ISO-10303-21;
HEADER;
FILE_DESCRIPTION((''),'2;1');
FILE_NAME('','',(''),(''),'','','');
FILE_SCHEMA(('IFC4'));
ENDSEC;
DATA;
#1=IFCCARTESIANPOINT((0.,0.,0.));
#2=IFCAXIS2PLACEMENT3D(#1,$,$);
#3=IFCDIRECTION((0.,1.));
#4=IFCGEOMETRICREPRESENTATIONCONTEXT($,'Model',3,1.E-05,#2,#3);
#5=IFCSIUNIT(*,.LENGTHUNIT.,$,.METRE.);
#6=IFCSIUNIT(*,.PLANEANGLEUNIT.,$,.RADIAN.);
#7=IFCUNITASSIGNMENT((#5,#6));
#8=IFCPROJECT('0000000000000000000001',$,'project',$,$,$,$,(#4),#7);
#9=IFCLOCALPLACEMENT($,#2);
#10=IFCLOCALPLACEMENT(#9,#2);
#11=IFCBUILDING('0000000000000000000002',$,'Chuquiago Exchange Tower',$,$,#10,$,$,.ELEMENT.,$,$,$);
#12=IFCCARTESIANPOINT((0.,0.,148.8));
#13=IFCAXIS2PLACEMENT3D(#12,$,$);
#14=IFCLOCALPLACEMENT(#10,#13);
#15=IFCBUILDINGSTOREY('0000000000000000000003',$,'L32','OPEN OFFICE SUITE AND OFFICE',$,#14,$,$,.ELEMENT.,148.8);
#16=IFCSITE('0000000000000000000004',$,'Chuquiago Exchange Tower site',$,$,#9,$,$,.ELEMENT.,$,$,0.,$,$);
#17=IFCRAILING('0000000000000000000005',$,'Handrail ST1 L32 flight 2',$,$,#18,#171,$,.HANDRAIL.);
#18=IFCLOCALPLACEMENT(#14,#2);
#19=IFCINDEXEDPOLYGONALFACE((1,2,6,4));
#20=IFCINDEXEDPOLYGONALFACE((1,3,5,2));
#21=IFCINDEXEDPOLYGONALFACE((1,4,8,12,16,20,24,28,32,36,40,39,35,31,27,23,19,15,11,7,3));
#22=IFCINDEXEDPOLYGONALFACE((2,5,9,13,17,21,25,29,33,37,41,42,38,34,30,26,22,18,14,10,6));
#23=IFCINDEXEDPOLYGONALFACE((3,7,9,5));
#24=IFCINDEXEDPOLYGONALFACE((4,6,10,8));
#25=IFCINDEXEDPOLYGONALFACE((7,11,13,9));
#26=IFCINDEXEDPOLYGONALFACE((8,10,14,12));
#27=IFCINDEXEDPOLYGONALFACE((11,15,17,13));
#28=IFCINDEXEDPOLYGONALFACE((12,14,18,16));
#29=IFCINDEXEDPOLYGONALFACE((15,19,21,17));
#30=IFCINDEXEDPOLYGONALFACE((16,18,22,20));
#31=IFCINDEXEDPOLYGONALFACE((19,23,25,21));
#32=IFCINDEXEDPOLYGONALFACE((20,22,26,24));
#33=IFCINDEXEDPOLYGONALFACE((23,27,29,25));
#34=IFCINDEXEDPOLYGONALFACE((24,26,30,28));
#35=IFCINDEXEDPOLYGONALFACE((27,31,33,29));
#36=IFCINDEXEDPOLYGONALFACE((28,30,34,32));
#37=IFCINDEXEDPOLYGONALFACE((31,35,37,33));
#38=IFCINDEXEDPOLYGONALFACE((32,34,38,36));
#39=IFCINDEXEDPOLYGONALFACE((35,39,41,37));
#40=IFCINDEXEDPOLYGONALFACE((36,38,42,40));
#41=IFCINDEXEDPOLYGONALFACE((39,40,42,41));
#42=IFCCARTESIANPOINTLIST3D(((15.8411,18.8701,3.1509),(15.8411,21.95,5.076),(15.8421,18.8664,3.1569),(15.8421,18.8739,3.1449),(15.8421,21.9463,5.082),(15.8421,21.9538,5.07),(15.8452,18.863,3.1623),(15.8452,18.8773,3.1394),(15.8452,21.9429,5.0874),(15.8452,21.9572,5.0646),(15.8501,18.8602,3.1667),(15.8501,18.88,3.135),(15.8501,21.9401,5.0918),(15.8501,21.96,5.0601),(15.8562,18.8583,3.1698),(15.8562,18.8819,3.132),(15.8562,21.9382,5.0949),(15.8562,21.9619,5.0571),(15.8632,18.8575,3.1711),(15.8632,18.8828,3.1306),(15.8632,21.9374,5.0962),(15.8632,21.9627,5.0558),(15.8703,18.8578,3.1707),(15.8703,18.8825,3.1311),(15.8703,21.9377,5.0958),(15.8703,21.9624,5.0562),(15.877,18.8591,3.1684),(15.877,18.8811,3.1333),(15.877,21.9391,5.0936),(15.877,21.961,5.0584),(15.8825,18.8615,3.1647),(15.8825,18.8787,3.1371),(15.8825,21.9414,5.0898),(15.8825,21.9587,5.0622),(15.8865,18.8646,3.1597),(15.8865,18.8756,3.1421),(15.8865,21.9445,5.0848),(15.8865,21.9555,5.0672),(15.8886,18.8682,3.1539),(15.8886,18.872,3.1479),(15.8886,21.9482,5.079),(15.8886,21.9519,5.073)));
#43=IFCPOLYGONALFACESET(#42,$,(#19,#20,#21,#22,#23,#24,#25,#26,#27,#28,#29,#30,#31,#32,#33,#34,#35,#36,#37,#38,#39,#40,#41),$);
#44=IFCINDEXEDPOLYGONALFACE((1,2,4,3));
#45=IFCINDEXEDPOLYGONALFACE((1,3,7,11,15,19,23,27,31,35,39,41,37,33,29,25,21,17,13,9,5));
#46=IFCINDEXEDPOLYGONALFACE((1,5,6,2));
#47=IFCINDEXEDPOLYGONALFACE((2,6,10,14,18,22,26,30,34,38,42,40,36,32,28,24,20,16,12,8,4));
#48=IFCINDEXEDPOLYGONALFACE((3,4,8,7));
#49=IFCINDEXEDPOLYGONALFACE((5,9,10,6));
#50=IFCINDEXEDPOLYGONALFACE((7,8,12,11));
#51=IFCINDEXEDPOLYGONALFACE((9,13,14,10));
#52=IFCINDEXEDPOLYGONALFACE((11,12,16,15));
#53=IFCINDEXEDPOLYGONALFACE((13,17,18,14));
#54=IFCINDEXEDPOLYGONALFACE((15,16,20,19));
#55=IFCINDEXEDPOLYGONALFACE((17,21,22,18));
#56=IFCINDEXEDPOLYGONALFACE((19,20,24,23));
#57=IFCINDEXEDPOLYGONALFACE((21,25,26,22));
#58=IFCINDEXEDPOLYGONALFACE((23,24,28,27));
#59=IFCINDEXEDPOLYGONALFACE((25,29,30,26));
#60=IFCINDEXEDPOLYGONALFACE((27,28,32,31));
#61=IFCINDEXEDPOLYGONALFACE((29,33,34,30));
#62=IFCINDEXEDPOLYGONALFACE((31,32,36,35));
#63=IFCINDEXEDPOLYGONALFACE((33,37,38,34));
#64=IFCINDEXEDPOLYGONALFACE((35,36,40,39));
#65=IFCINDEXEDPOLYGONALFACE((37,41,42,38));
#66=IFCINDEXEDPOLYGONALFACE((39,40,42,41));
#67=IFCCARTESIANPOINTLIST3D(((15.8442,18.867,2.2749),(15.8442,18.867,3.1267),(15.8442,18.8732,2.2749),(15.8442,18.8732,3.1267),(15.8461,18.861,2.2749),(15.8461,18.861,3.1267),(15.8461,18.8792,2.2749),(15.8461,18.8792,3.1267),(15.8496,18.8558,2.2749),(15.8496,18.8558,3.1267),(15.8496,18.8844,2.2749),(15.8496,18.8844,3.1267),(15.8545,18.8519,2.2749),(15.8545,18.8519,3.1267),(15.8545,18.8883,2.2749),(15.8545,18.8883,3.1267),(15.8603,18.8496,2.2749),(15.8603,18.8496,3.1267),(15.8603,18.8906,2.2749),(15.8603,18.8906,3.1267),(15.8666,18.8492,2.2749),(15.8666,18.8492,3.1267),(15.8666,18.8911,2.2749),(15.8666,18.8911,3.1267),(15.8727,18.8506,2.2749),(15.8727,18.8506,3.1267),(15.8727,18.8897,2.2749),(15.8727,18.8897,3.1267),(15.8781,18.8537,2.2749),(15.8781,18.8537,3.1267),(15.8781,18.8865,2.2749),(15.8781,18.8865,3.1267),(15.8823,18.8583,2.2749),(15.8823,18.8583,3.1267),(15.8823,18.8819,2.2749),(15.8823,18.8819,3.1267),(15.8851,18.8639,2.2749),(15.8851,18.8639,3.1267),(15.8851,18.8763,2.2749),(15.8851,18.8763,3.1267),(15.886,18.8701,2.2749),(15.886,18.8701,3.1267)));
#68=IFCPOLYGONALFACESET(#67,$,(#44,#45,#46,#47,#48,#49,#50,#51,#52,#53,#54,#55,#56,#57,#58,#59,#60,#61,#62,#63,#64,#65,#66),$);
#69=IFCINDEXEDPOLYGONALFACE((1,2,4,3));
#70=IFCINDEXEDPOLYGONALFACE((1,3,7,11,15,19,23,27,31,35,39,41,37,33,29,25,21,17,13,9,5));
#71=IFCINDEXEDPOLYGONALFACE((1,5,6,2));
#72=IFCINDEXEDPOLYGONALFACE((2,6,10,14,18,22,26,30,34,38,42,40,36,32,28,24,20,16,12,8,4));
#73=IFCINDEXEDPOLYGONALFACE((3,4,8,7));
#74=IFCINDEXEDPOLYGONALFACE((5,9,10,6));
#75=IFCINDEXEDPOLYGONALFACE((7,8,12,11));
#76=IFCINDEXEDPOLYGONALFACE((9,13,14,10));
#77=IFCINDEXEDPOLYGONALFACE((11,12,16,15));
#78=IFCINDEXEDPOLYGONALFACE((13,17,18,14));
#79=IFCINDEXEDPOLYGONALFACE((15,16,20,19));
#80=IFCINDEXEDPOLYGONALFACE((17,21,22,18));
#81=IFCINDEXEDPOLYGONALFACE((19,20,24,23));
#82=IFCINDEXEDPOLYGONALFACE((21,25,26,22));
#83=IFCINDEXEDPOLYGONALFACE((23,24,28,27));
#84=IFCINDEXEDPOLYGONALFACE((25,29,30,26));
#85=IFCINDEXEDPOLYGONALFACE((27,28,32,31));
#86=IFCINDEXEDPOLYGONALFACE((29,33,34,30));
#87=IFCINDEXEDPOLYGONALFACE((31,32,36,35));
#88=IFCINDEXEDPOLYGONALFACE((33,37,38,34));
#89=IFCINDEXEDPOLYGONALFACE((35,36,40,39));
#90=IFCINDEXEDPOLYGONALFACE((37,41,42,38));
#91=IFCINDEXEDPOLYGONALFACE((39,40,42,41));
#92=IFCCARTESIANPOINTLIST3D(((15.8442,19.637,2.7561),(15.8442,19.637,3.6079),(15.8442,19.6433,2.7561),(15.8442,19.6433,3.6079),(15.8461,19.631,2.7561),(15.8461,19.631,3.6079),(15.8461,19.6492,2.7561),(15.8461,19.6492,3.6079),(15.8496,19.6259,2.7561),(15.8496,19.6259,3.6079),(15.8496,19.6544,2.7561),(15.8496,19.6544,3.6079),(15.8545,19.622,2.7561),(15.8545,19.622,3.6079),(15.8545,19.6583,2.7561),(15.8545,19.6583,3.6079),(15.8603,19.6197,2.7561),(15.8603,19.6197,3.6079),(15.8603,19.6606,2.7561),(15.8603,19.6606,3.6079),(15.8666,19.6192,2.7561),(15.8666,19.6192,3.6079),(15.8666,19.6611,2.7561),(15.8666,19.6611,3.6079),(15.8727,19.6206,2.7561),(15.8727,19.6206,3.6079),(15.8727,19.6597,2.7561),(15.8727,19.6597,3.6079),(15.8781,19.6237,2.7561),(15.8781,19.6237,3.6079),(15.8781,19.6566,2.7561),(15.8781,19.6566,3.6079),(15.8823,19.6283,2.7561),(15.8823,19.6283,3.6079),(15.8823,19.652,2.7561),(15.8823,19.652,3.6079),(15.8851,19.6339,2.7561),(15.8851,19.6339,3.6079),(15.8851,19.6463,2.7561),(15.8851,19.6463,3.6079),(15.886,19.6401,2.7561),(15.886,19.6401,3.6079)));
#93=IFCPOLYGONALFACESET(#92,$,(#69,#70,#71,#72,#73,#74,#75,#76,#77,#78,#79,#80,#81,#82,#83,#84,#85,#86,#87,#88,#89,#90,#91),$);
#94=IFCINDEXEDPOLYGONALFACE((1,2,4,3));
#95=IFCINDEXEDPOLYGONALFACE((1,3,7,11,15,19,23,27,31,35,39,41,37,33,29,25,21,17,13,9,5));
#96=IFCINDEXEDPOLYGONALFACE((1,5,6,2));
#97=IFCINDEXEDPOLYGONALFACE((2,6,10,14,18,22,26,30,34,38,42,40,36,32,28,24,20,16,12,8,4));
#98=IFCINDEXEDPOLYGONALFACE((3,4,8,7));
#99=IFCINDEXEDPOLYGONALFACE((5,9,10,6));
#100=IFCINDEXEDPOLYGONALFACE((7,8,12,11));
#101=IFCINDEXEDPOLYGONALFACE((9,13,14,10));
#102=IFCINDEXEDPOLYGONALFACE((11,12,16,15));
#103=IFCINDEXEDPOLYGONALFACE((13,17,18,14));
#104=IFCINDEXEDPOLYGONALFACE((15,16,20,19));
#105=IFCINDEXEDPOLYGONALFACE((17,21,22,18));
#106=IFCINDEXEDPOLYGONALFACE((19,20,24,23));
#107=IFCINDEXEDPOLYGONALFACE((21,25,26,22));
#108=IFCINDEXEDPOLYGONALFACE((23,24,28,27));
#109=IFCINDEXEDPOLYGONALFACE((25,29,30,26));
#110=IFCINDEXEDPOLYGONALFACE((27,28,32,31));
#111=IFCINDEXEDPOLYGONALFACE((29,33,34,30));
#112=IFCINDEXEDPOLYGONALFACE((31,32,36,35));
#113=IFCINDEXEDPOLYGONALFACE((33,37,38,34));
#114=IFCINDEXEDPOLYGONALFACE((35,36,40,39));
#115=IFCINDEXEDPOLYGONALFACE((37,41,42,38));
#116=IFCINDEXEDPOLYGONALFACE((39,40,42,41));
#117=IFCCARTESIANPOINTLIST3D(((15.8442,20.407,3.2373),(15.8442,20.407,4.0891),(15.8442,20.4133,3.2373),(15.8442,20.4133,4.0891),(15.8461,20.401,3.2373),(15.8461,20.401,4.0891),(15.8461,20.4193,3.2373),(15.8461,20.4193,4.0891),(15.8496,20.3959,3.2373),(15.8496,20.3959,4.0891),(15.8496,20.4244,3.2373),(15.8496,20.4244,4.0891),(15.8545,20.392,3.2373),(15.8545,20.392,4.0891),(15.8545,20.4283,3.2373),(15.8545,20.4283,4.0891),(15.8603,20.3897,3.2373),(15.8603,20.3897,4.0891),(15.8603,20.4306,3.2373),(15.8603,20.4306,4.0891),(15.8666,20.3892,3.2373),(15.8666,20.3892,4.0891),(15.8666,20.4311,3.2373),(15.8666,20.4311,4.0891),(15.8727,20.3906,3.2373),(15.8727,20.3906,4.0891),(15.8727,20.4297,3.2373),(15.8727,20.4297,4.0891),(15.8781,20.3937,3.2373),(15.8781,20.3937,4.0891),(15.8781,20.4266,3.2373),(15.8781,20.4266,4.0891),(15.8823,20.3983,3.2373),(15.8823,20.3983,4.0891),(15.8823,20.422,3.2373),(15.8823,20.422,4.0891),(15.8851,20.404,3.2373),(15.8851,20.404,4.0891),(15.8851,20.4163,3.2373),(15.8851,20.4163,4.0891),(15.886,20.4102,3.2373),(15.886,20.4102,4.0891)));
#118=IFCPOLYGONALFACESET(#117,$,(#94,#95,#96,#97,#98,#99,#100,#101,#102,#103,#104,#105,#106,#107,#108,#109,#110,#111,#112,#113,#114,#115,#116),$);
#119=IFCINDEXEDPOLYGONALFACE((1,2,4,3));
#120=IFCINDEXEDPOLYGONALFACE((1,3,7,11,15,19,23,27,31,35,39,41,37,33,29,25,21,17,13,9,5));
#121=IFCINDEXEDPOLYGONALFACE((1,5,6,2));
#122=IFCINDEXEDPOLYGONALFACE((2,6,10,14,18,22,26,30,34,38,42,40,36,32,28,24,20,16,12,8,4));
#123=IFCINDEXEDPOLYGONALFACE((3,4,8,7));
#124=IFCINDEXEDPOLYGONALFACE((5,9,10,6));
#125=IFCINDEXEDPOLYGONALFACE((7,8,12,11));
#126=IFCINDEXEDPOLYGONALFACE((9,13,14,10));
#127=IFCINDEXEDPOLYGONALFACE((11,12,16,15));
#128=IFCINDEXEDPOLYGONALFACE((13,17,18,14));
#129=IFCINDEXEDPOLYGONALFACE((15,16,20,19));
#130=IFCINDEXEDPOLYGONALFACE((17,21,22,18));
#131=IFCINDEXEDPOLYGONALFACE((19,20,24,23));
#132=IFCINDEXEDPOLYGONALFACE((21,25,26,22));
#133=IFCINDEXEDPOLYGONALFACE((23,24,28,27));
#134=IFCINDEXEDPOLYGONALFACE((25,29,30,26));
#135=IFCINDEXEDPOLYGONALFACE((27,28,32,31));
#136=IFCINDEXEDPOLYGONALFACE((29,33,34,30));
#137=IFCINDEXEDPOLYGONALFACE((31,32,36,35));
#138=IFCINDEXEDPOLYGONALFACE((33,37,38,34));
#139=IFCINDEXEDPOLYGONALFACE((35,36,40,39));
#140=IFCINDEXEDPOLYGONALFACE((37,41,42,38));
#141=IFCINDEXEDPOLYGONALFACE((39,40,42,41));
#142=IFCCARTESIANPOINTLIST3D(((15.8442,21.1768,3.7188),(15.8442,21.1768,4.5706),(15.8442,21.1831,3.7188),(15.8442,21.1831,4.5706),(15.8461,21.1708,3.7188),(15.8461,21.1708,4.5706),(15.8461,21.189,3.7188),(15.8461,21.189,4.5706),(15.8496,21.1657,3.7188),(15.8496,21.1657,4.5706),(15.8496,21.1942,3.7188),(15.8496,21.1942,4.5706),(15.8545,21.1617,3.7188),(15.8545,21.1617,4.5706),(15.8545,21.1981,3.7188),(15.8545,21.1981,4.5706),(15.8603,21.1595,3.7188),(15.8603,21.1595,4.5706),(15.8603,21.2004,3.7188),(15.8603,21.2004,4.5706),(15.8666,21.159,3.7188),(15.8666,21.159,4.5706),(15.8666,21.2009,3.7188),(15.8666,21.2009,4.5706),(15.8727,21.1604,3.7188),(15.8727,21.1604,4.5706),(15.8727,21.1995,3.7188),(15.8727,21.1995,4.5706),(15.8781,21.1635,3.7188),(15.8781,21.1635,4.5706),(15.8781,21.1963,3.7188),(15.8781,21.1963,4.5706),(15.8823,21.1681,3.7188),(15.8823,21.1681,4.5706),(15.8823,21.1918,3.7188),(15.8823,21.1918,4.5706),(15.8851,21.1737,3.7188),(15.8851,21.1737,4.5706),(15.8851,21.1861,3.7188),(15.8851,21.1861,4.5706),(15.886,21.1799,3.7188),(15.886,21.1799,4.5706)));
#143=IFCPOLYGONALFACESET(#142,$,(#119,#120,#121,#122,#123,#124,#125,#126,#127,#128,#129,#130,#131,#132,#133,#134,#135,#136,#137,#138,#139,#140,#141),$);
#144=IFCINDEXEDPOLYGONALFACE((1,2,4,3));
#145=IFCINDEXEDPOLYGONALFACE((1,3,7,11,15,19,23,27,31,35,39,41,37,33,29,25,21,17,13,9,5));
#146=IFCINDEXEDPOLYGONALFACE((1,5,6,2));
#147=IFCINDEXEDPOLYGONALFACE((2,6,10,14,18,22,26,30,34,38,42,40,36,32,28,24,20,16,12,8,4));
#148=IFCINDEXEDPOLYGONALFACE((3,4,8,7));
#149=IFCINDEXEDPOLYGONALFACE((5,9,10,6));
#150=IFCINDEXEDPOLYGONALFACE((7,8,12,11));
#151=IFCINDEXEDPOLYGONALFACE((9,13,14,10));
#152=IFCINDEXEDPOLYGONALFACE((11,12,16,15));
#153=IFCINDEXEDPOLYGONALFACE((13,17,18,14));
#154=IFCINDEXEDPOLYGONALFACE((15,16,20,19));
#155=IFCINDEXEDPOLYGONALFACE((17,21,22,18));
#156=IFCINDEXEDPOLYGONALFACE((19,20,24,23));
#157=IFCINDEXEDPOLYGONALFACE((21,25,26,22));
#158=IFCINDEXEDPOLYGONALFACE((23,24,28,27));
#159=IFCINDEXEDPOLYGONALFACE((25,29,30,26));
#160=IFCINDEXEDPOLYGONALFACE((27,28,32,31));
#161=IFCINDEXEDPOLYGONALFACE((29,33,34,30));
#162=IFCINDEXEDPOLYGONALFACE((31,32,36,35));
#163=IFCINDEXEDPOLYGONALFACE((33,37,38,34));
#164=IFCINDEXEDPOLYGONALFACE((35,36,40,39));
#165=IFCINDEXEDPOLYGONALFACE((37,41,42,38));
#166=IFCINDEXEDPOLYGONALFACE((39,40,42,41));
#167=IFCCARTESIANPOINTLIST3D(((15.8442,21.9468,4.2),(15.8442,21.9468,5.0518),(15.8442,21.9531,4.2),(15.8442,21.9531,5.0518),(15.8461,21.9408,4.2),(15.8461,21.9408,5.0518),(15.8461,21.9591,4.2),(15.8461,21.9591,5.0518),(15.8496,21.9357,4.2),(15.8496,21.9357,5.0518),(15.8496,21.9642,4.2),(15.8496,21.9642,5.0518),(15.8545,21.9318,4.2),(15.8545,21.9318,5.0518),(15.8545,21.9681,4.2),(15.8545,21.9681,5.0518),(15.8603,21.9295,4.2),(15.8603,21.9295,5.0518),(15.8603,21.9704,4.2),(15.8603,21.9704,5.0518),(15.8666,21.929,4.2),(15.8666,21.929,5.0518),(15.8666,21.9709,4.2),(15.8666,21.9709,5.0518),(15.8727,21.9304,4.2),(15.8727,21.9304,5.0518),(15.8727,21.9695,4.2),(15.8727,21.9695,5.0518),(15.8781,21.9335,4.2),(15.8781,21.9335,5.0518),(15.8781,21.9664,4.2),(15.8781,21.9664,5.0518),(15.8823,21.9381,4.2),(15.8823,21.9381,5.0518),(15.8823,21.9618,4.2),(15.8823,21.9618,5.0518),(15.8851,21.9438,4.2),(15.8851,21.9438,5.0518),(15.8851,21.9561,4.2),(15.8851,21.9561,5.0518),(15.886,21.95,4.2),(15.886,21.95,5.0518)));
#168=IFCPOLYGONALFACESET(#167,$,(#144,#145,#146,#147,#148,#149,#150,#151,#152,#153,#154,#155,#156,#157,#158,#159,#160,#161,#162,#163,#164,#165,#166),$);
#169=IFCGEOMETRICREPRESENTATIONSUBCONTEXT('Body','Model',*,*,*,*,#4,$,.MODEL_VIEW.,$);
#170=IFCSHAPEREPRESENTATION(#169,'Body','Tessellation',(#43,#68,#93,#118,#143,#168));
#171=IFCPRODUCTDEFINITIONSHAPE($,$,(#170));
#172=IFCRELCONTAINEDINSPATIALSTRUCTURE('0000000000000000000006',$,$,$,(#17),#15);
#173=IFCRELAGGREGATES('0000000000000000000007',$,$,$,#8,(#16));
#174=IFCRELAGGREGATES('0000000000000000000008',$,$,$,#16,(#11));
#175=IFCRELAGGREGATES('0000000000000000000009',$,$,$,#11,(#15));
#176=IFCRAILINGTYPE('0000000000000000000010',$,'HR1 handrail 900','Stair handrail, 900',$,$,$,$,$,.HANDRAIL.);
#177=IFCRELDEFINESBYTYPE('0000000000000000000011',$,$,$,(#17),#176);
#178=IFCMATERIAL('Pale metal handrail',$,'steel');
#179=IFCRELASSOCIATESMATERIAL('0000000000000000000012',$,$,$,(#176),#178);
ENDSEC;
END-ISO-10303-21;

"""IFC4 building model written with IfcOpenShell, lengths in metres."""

from ifc_helpers import new_model, si_unit, direction, frame, origin, origin_2d, place, context, subcontext, project, spatial, circle, extrude, material, type_object, element, save


model = new_model("IFC4")

# Units and contexts
model_context = context("Model", 3, precision=1e-05, world=origin(), true_north=direction((0.0, 1.0)))
body_context = subcontext(model_context, "Body", "Model", "MODEL_VIEW")
ifc_project = project(units=[si_unit("LENGTHUNIT", "METRE"), si_unit("PLANEANGLEUNIT", "RADIAN")], contexts=[model_context])

# Site, building, storey
site_placement = place(None, origin())
site = spatial("IfcSite", under=ifc_project, at=site_placement, Name="Chuquiago Exchange Tower site", CompositionType="ELEMENT", RefElevation=0.0)
building_placement = place(site_placement, origin())
building = spatial("IfcBuilding", under=site, at=building_placement, Name="Chuquiago Exchange Tower", CompositionType="ELEMENT")
storey_placement = place(building_placement, frame((0.0, 0.0, 148.8)))
storey = spatial("IfcBuildingStorey", under=building, at=storey_placement, Name="L32", Description="OPEN OFFICE SUITE AND OFFICE", CompositionType="ELEMENT", Elevation=148.8)

# Railing
ifc_material_1 = material(Name="Pale metal handrail", Category="steel")
railing_type_1 = type_object("IfcRailingType", Name="HR1 handrail 900", Description="Stair handrail, 900", PredefinedType="HANDRAIL", material=ifc_material_1)
for number, where, name in (
    (1, (15.865, 18.8701, 2.2749), "Handrail ST1 L32 flight 2"),
):
    element("IfcRailing", number, at=place(storey_placement, frame(where)), inside=storey, type_object=railing_type_1, Name=name, PredefinedType="HANDRAIL", context=body_context, shape_type="SweptSolid", body=[
        extrude(circle(Radius=0.0239, at=origin_2d()), frame((0.0, 0.0, 0.876), z_axis=(0.0, 0.847979, 0.530029), x_axis=(-1.0, 0.0, 0.0)), (0.0, 0.0, 1.0), 3.6321),
        extrude(circle(Radius=0.021, at=origin_2d()), origin(), (0.0, 0.0, 1.0), 0.8518),
        extrude(circle(Radius=0.021, at=origin_2d()), frame((0.0, 0.77, 0.4812)), (0.0, 0.0, 1.0), 0.8518),
        extrude(circle(Radius=0.021, at=origin_2d()), frame((0.0, 1.54, 0.9624)), (0.0, 0.0, 1.0), 0.8518),
        extrude(circle(Radius=0.021, at=origin_2d()), frame((0.0, 2.3098, 1.4438)), (0.0, 0.0, 1.0), 0.8518),
        extrude(circle(Radius=0.021, at=origin_2d()), frame((0.0, 3.0798, 1.925)), (0.0, 0.0, 1.0), 0.8518),
    ])

save(model, "model.ifc")
